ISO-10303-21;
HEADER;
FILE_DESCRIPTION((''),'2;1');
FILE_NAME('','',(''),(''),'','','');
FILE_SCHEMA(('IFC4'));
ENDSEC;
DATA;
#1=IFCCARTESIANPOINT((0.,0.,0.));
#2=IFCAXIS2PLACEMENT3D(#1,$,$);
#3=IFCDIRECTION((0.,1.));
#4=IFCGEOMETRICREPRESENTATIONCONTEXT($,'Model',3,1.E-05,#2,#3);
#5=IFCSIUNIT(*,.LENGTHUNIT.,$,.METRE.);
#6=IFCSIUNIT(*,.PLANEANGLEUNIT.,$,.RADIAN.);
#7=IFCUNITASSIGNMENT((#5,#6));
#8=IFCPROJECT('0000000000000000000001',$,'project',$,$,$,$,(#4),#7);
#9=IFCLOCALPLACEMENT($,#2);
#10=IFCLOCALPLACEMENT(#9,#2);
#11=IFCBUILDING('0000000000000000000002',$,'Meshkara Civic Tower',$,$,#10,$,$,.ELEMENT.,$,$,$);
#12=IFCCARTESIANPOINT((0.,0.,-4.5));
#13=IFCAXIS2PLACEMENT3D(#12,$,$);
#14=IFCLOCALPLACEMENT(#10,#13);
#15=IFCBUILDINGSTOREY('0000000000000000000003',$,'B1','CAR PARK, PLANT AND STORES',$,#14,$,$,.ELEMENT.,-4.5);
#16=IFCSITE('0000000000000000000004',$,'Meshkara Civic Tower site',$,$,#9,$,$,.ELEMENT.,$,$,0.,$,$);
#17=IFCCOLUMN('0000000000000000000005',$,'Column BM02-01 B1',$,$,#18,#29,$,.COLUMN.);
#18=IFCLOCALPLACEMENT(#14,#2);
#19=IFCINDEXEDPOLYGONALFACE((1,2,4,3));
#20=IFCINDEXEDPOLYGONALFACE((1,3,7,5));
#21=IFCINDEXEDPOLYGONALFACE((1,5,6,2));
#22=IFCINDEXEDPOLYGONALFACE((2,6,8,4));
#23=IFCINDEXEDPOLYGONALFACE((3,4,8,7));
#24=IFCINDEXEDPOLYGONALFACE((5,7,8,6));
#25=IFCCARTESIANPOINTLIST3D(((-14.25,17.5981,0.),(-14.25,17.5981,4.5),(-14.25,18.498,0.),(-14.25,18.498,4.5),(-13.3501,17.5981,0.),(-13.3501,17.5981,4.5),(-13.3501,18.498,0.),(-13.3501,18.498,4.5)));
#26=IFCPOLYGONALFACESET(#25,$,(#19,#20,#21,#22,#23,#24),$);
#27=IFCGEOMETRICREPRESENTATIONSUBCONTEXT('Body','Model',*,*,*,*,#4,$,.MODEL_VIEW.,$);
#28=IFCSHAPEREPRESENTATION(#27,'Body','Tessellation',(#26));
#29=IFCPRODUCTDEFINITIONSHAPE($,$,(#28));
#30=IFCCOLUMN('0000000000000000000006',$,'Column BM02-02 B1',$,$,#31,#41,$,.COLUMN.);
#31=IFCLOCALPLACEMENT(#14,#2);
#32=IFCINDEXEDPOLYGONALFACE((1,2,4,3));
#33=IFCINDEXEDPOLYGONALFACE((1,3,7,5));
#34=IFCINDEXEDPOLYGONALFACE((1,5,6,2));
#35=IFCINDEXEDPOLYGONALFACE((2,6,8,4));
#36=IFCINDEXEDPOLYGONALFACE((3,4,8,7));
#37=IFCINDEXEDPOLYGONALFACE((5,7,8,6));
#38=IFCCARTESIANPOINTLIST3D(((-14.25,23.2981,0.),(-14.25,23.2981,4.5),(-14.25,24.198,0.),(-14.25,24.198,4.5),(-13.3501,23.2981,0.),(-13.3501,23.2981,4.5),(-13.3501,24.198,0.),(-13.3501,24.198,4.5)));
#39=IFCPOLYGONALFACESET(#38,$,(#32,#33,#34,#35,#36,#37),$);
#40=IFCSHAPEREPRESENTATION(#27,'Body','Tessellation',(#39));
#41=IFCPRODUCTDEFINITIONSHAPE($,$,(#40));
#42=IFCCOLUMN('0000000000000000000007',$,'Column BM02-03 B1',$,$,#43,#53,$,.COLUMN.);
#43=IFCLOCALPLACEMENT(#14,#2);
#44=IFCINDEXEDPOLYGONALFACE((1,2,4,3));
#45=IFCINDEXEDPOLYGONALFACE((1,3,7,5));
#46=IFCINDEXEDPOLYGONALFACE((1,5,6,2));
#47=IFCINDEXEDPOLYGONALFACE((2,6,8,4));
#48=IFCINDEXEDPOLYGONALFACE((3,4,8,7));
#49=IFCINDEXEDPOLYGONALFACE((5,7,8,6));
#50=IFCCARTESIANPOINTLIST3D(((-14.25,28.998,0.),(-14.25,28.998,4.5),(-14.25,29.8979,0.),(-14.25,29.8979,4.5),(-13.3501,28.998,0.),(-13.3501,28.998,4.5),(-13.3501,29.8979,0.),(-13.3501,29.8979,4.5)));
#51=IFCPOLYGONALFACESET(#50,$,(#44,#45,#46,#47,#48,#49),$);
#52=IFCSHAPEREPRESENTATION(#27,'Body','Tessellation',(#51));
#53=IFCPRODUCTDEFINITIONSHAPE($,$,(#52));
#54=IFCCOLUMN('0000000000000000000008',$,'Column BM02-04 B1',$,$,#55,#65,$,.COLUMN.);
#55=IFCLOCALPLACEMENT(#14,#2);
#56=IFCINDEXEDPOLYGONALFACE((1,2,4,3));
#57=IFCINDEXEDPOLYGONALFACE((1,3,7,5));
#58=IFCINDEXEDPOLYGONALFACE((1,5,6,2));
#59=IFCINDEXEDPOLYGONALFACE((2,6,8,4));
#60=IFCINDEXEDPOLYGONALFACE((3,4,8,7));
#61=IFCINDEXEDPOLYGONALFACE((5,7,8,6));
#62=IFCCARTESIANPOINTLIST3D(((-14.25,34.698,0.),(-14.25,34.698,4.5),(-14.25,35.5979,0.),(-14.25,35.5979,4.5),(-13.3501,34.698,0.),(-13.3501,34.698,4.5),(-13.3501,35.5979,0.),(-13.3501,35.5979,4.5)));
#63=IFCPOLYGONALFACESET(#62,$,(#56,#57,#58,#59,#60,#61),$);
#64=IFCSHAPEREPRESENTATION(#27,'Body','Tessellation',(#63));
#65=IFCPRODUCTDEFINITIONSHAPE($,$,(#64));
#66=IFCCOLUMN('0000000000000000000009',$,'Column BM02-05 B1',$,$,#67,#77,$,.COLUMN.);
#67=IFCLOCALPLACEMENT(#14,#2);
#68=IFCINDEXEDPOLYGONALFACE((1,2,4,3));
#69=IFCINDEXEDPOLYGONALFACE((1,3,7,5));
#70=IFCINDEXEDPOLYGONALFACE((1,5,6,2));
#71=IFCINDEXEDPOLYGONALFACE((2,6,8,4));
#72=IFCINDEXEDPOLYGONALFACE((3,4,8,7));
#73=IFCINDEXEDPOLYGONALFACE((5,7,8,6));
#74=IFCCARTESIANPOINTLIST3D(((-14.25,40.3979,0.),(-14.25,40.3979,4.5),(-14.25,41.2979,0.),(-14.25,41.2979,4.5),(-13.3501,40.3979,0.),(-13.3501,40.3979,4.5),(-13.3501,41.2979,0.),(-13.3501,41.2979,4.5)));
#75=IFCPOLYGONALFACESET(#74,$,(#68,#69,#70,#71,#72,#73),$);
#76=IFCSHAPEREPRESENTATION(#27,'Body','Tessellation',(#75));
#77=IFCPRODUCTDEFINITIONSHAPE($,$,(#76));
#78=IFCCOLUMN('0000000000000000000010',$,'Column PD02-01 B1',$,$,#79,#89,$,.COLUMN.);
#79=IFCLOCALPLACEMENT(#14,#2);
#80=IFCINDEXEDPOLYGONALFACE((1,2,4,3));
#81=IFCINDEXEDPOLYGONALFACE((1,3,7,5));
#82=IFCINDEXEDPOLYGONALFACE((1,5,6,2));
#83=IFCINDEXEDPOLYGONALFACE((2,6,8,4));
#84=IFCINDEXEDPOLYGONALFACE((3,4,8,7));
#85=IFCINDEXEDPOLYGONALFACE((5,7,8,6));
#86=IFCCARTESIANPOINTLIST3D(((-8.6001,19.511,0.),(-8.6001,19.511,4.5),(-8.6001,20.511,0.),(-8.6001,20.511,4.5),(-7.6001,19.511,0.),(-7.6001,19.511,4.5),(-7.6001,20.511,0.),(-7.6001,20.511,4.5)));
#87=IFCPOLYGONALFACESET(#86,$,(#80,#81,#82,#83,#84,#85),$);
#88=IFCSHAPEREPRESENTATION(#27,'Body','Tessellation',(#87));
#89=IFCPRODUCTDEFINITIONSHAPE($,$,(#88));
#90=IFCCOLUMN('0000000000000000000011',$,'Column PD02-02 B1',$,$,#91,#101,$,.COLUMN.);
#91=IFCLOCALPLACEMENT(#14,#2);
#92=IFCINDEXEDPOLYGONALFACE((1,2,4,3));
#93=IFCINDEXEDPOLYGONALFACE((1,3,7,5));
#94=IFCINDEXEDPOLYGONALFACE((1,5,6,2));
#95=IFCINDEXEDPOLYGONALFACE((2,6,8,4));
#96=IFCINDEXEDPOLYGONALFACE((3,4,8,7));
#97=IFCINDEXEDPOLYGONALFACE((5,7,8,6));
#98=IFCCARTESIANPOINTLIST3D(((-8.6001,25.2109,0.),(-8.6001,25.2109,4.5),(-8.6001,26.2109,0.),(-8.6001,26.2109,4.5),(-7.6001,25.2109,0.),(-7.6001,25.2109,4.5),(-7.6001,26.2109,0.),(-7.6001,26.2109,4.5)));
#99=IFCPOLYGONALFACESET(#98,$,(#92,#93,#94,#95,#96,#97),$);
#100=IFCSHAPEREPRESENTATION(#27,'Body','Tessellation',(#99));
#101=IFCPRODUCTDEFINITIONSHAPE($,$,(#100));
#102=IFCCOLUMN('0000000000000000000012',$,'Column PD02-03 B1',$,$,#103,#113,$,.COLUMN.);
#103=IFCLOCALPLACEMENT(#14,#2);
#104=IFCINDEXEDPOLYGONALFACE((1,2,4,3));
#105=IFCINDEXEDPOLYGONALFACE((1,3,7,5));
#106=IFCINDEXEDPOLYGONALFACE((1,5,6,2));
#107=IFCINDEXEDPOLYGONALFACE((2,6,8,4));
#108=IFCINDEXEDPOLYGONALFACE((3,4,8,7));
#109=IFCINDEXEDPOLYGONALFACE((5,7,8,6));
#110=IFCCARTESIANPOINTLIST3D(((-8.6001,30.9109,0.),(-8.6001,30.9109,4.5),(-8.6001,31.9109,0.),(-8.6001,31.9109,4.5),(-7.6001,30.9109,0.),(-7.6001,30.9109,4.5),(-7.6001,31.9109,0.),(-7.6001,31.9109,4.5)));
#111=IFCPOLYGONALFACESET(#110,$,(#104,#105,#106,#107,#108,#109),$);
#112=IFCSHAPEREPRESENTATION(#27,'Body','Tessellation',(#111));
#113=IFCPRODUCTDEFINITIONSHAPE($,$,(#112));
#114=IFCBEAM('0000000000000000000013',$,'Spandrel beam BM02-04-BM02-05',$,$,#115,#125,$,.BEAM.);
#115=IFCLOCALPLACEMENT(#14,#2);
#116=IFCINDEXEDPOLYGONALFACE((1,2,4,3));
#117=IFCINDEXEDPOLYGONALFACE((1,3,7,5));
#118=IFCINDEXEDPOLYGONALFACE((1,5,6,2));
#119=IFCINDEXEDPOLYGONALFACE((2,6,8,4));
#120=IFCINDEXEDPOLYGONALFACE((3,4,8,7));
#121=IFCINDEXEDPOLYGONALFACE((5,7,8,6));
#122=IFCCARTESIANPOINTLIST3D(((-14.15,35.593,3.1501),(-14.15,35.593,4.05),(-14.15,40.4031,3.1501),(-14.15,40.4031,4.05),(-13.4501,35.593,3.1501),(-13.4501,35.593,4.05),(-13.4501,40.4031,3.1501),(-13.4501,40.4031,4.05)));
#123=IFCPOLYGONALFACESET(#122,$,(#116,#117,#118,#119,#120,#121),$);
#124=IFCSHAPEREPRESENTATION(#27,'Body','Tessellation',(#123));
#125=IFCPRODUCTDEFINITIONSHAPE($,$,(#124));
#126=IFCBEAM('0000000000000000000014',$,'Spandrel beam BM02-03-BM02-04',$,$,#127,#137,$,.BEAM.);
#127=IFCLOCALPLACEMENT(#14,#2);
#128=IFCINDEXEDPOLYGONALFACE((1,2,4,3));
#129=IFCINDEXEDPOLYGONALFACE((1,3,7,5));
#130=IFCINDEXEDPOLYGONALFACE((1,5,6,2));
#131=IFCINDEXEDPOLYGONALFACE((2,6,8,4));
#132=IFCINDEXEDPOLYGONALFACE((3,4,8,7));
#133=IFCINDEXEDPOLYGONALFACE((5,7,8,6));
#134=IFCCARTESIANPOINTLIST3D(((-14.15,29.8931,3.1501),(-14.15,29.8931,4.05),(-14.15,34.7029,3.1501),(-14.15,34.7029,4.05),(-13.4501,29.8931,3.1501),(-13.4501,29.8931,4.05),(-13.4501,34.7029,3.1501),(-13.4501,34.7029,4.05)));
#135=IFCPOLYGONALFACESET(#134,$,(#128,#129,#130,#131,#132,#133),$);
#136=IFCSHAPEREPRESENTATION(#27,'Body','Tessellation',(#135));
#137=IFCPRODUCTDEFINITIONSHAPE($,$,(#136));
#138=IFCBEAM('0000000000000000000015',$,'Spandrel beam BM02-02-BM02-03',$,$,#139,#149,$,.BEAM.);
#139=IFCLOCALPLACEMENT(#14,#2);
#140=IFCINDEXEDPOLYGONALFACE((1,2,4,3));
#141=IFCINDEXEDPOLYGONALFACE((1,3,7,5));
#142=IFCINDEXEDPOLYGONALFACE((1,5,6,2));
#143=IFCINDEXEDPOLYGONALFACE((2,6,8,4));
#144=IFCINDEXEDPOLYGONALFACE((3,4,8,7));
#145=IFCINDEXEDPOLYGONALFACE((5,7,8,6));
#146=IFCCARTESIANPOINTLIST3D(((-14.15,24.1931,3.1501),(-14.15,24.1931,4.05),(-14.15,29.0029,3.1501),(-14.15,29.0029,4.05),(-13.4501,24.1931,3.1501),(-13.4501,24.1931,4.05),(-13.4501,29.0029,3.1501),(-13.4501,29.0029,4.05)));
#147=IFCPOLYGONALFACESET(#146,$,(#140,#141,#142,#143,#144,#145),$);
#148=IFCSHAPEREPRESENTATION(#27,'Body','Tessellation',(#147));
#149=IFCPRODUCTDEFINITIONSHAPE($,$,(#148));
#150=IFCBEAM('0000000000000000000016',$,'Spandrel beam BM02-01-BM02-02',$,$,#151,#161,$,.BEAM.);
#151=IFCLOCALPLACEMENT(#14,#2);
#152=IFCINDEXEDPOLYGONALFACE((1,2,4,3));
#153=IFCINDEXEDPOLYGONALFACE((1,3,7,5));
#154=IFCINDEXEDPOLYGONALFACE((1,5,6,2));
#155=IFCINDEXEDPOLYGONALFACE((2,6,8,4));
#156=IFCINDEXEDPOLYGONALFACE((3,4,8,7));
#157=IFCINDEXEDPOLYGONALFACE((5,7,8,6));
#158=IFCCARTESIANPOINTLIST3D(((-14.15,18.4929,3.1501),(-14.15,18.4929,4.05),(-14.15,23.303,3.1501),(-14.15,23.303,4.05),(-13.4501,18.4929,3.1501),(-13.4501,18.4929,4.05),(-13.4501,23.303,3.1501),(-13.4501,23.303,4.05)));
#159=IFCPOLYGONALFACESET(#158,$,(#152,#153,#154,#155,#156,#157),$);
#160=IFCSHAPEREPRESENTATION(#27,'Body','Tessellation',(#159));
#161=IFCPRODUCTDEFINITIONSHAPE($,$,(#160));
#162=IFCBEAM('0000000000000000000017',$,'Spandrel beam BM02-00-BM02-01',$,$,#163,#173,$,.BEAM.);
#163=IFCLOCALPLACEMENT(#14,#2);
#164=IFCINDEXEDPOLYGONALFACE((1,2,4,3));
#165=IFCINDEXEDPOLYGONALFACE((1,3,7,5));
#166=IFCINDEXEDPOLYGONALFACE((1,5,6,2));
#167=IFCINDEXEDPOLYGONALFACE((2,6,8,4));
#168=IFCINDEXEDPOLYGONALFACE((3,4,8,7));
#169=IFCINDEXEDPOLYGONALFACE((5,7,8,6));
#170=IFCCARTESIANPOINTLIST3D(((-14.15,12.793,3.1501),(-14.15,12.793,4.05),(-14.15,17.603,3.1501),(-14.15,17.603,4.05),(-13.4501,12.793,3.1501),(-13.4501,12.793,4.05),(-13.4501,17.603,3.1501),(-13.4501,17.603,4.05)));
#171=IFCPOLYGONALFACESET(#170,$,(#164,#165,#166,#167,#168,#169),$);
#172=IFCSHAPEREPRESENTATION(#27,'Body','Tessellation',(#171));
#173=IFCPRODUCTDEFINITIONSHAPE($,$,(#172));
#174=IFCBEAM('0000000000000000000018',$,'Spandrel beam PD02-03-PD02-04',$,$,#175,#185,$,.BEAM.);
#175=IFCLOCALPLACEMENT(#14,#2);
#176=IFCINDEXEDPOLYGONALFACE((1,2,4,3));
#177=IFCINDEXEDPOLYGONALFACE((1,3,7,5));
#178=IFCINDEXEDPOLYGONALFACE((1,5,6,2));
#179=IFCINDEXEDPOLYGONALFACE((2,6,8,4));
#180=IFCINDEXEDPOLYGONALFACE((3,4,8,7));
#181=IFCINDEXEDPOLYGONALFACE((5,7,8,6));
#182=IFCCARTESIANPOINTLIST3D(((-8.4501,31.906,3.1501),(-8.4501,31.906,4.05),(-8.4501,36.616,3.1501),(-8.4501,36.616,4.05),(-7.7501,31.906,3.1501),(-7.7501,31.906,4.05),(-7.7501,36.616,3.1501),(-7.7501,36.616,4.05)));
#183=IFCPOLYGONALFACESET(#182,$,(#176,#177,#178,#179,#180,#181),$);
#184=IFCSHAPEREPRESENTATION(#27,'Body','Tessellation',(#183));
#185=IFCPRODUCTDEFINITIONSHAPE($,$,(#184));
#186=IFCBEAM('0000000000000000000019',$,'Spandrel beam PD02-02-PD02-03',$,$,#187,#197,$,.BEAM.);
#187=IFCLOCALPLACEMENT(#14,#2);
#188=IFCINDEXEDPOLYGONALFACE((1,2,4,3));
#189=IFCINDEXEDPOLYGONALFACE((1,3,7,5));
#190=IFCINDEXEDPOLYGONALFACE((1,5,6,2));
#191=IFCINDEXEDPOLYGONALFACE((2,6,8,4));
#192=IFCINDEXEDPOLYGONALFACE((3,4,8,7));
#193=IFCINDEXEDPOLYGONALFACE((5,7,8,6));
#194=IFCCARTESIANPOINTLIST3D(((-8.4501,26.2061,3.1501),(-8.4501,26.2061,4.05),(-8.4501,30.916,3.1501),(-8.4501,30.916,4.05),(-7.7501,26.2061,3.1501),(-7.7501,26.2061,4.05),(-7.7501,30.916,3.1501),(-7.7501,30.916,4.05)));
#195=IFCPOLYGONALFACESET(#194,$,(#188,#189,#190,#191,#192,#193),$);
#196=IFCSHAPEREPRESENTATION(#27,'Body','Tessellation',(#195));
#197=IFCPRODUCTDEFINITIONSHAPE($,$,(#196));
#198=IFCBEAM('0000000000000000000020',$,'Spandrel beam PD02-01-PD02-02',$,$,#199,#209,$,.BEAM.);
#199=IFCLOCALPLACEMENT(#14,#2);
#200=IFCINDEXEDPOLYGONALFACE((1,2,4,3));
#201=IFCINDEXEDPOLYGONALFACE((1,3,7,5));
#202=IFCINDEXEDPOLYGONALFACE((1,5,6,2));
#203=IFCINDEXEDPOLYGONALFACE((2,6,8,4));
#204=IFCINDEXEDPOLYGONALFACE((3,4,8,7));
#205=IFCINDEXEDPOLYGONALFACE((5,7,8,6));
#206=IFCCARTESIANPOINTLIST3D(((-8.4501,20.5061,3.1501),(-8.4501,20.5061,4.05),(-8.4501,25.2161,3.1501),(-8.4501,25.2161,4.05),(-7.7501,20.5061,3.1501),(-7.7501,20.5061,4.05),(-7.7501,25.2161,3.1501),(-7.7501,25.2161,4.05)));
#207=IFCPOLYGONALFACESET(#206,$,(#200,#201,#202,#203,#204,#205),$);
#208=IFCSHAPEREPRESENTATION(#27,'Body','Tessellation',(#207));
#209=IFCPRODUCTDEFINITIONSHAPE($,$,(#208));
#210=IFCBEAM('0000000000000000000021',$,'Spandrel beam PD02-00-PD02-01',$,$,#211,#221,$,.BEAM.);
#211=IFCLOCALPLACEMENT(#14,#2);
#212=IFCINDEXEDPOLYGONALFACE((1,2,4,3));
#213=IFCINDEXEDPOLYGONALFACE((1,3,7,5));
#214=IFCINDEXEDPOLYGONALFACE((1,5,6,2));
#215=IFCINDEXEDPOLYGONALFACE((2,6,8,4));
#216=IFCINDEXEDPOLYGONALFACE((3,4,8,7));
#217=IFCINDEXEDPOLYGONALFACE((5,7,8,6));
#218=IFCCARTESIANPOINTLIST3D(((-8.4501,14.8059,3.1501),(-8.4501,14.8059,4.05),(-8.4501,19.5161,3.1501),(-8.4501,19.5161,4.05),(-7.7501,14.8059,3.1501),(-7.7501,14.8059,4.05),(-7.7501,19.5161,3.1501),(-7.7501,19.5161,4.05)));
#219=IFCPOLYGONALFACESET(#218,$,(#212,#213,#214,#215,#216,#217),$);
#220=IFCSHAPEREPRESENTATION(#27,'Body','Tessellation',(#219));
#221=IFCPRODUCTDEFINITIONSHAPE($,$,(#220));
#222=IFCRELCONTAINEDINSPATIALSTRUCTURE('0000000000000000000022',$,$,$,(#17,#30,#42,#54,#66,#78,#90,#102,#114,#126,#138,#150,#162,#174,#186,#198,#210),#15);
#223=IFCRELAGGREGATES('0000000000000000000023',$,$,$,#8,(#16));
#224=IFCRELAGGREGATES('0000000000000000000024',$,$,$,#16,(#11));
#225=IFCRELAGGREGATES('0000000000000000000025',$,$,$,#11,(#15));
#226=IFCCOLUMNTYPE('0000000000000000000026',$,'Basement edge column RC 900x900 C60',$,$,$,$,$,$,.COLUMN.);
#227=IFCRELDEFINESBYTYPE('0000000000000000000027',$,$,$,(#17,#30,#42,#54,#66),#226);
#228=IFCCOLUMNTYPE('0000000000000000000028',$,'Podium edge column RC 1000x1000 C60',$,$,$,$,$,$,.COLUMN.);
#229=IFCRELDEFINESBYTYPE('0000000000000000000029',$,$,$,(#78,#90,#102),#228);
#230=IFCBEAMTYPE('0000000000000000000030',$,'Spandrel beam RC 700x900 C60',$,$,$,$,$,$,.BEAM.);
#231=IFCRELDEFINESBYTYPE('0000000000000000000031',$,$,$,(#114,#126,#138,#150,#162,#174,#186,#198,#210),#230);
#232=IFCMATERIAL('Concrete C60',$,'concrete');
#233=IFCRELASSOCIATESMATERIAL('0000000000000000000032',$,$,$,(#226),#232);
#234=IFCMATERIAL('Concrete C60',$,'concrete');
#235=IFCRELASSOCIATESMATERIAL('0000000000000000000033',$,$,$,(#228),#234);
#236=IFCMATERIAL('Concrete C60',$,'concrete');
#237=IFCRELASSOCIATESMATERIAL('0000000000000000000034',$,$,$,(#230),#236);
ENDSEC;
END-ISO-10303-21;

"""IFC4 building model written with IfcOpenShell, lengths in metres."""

from ifc_helpers import new_model, si_unit, direction, frame, origin, origin_2d, place, context, subcontext, project, spatial, rectangle, extrude, material, material_profile, profile_set, type_object, element, save


model = new_model("IFC4")

# Units and contexts
model_context = context("Model", 3, precision=1e-05, world=origin(), true_north=direction((0.0, 1.0)))
body_context = subcontext(model_context, "Body", "Model", "MODEL_VIEW")
ifc_project = project(units=[si_unit("LENGTHUNIT", "METRE"), si_unit("PLANEANGLEUNIT", "RADIAN")], contexts=[model_context])

# Site, building, storey
site_placement = place(None, origin())
site = spatial("IfcSite", under=ifc_project, at=site_placement, Name="Meshkara Civic Tower site", CompositionType="ELEMENT", RefElevation=0.0)
building_placement = place(site_placement, origin())
building = spatial("IfcBuilding", under=site, at=building_placement, Name="Meshkara Civic Tower", CompositionType="ELEMENT")
storey_placement = place(building_placement, frame((0.0, 0.0, -4.5)))
storey = spatial("IfcBuildingStorey", under=building, at=storey_placement, Name="B1", Description="CAR PARK, PLANT AND STORES", CompositionType="ELEMENT", Elevation=-4.5)

# Columns
ifc_material_1 = material(Name="Concrete C60", Category="concrete")
ifc_material_profile_1 = material_profile(ifc_material_1, rectangle(XDim=0.8999, YDim=0.8999, at=origin_2d()))
ifc_profile_set_1 = profile_set([ifc_material_profile_1], Name="Concrete C60")
column_type_1 = type_object("IfcColumnType", Name="Basement edge column RC 900x900 C60", PredefinedType="COLUMN", material=ifc_profile_set_1)
for number, where, z_axis, x_axis, name in (
    (1, (-13.8, 18.0481, 0.0), (0.0, 0.0, 1.0), (1.0, 0.0, 0.0), "Column BM02-01 B1"),
    (2, (-13.8, 23.748, 0.0), (0.0, 0.0, 1.0), (1.0, 0.0, 0.0), "Column BM02-02 B1"),
    (3, (-13.8, 29.448, 0.0), (0.0, 0.0, 1.0), (1.0, 0.0, 0.0), "Column BM02-03 B1"),
    (4, (-13.8, 35.1479, 0.0), (0.0, 0.0, 1.0), (1.0, 0.0, 0.0), "Column BM02-04 B1"),
    (5, (-13.8, 40.8479, 0.0), (0.0, 0.0, 1.0), (1.0, 0.0, 0.0), "Column BM02-05 B1"),
):
    element("IfcColumn", number, at=place(storey_placement, frame(where, z_axis=z_axis, x_axis=x_axis)), inside=storey, type_object=column_type_1, Name=name, PredefinedType="COLUMN", context=body_context, shape_type="SweptSolid", body=[
        extrude(rectangle(XDim=0.8999, YDim=0.8999, at=origin_2d()), origin(), (0.0, 0.0, 1.0), 4.5),
    ])
ifc_material_2 = material(Name="Concrete C60", Category="concrete")
ifc_material_profile_2 = material_profile(ifc_material_2, rectangle(XDim=1.0, YDim=1.0, at=origin_2d()))
ifc_profile_set_2 = profile_set([ifc_material_profile_2], Name="Concrete C60")
column_type_2 = type_object("IfcColumnType", Name="Podium edge column RC 1000x1000 C60", PredefinedType="COLUMN", material=ifc_profile_set_2)
for number, where, z_axis, x_axis, name in (
    (6, (-8.1001, 20.011, 0.0), (0.0, 0.0, 1.0), (1.0, 0.0, 0.0), "Column PD02-01 B1"),
    (7, (-8.1001, 25.7109, 0.0), (0.0, 0.0, 1.0), (1.0, 0.0, 0.0), "Column PD02-02 B1"),
    (8, (-8.1001, 31.4109, 0.0), (0.0, 0.0, 1.0), (1.0, 0.0, 0.0), "Column PD02-03 B1"),
):
    element("IfcColumn", number, at=place(storey_placement, frame(where, z_axis=z_axis, x_axis=x_axis)), inside=storey, type_object=column_type_2, Name=name, PredefinedType="COLUMN", context=body_context, shape_type="SweptSolid", body=[
        extrude(rectangle(XDim=1.0, YDim=1.0, at=origin_2d()), origin(), (0.0, 0.0, 1.0), 4.5),
    ])

# Beams
ifc_material_3 = material(Name="Concrete C60", Category="concrete")
ifc_material_profile_3 = material_profile(ifc_material_3, rectangle(XDim=0.7, YDim=0.8999, at=origin_2d()))
ifc_profile_set_3 = profile_set([ifc_material_profile_3], Name="Concrete C60")
beam_type = type_object("IfcBeamType", Name="Spandrel beam RC 700x900 C60", PredefinedType="BEAM", material=ifc_profile_set_3)
beam_1_placement = place(storey_placement, frame((-13.8, 40.4031, 3.6001), z_axis=(0.0, -1.0, 0.0), x_axis=(1.0, 0.0, 0.0)))
element("IfcBeam", 9, at=beam_1_placement, inside=storey, type_object=beam_type, Name="Spandrel beam BM02-04-BM02-05", PredefinedType="BEAM", context=body_context, shape_type="SweptSolid", body=[
    extrude(rectangle(XDim=0.7, YDim=0.8999, at=origin_2d()), origin(), (0.0, 0.0, 1.0), 4.8101),
])
for number, where, z_axis, x_axis, name in (
    (10, (-13.8, 34.7029, 3.6001), (0.0, -1.0, 0.0), (1.0, 0.0, 0.0), "Spandrel beam BM02-03-BM02-04"),
    (11, (-13.8, 29.0029, 3.6001), (0.0, -1.0, 0.0), (1.0, 0.0, 0.0), "Spandrel beam BM02-02-BM02-03"),
):
    element("IfcBeam", number, at=place(storey_placement, frame(where, z_axis=z_axis, x_axis=x_axis)), inside=storey, type_object=beam_type, Name=name, PredefinedType="BEAM", context=body_context, shape_type="SweptSolid", body=[
        extrude(rectangle(XDim=0.7, YDim=0.8999, at=origin_2d()), origin(), (0.0, 0.0, 1.0), 4.8098),
    ])
for number, where, z_axis, x_axis, name in (
    (12, (-13.8, 23.303, 3.6001), (0.0, -1.0, 0.0), (1.0, 0.0, 0.0), "Spandrel beam BM02-01-BM02-02"),
    (13, (-13.8, 17.603, 3.6001), (0.0, -1.0, 0.0), (1.0, 0.0, 0.0), "Spandrel beam BM02-00-BM02-01"),
):
    element("IfcBeam", number, at=place(storey_placement, frame(where, z_axis=z_axis, x_axis=x_axis)), inside=storey, type_object=beam_type, Name=name, PredefinedType="BEAM", context=body_context, shape_type="SweptSolid", body=[
        extrude(rectangle(XDim=0.7, YDim=0.8999, at=origin_2d()), origin(), (0.0, 0.0, 1.0), 4.8101),
    ])
for number, where, z_axis, x_axis, name in (
    (14, (-8.1001, 36.616, 3.6001), (0.0, -1.0, 0.0), (1.0, 0.0, 0.0), "Spandrel beam PD02-03-PD02-04"),
    (15, (-8.1001, 30.916, 3.6001), (0.0, -1.0, 0.0), (1.0, 0.0, 0.0), "Spandrel beam PD02-02-PD02-03"),
    (16, (-8.1001, 25.2161, 3.6001), (0.0, -1.0, 0.0), (1.0, 0.0, 0.0), "Spandrel beam PD02-01-PD02-02"),
):
    element("IfcBeam", number, at=place(storey_placement, frame(where, z_axis=z_axis, x_axis=x_axis)), inside=storey, type_object=beam_type, Name=name, PredefinedType="BEAM", context=body_context, shape_type="SweptSolid", body=[
        extrude(rectangle(XDim=0.7, YDim=0.8999, at=origin_2d()), origin(), (0.0, 0.0, 1.0), 4.71),
    ])
beam_2_placement = place(storey_placement, frame((-8.1001, 19.5161, 3.6001), z_axis=(0.0, -1.0, 0.0), x_axis=(1.0, 0.0, 0.0)))
element("IfcBeam", 17, at=beam_2_placement, inside=storey, type_object=beam_type, Name="Spandrel beam PD02-00-PD02-01", PredefinedType="BEAM", context=body_context, shape_type="SweptSolid", body=[
    extrude(rectangle(XDim=0.7, YDim=0.8999, at=origin_2d()), origin(), (0.0, 0.0, 1.0), 4.7102),
])

save(model, "model.ifc")
